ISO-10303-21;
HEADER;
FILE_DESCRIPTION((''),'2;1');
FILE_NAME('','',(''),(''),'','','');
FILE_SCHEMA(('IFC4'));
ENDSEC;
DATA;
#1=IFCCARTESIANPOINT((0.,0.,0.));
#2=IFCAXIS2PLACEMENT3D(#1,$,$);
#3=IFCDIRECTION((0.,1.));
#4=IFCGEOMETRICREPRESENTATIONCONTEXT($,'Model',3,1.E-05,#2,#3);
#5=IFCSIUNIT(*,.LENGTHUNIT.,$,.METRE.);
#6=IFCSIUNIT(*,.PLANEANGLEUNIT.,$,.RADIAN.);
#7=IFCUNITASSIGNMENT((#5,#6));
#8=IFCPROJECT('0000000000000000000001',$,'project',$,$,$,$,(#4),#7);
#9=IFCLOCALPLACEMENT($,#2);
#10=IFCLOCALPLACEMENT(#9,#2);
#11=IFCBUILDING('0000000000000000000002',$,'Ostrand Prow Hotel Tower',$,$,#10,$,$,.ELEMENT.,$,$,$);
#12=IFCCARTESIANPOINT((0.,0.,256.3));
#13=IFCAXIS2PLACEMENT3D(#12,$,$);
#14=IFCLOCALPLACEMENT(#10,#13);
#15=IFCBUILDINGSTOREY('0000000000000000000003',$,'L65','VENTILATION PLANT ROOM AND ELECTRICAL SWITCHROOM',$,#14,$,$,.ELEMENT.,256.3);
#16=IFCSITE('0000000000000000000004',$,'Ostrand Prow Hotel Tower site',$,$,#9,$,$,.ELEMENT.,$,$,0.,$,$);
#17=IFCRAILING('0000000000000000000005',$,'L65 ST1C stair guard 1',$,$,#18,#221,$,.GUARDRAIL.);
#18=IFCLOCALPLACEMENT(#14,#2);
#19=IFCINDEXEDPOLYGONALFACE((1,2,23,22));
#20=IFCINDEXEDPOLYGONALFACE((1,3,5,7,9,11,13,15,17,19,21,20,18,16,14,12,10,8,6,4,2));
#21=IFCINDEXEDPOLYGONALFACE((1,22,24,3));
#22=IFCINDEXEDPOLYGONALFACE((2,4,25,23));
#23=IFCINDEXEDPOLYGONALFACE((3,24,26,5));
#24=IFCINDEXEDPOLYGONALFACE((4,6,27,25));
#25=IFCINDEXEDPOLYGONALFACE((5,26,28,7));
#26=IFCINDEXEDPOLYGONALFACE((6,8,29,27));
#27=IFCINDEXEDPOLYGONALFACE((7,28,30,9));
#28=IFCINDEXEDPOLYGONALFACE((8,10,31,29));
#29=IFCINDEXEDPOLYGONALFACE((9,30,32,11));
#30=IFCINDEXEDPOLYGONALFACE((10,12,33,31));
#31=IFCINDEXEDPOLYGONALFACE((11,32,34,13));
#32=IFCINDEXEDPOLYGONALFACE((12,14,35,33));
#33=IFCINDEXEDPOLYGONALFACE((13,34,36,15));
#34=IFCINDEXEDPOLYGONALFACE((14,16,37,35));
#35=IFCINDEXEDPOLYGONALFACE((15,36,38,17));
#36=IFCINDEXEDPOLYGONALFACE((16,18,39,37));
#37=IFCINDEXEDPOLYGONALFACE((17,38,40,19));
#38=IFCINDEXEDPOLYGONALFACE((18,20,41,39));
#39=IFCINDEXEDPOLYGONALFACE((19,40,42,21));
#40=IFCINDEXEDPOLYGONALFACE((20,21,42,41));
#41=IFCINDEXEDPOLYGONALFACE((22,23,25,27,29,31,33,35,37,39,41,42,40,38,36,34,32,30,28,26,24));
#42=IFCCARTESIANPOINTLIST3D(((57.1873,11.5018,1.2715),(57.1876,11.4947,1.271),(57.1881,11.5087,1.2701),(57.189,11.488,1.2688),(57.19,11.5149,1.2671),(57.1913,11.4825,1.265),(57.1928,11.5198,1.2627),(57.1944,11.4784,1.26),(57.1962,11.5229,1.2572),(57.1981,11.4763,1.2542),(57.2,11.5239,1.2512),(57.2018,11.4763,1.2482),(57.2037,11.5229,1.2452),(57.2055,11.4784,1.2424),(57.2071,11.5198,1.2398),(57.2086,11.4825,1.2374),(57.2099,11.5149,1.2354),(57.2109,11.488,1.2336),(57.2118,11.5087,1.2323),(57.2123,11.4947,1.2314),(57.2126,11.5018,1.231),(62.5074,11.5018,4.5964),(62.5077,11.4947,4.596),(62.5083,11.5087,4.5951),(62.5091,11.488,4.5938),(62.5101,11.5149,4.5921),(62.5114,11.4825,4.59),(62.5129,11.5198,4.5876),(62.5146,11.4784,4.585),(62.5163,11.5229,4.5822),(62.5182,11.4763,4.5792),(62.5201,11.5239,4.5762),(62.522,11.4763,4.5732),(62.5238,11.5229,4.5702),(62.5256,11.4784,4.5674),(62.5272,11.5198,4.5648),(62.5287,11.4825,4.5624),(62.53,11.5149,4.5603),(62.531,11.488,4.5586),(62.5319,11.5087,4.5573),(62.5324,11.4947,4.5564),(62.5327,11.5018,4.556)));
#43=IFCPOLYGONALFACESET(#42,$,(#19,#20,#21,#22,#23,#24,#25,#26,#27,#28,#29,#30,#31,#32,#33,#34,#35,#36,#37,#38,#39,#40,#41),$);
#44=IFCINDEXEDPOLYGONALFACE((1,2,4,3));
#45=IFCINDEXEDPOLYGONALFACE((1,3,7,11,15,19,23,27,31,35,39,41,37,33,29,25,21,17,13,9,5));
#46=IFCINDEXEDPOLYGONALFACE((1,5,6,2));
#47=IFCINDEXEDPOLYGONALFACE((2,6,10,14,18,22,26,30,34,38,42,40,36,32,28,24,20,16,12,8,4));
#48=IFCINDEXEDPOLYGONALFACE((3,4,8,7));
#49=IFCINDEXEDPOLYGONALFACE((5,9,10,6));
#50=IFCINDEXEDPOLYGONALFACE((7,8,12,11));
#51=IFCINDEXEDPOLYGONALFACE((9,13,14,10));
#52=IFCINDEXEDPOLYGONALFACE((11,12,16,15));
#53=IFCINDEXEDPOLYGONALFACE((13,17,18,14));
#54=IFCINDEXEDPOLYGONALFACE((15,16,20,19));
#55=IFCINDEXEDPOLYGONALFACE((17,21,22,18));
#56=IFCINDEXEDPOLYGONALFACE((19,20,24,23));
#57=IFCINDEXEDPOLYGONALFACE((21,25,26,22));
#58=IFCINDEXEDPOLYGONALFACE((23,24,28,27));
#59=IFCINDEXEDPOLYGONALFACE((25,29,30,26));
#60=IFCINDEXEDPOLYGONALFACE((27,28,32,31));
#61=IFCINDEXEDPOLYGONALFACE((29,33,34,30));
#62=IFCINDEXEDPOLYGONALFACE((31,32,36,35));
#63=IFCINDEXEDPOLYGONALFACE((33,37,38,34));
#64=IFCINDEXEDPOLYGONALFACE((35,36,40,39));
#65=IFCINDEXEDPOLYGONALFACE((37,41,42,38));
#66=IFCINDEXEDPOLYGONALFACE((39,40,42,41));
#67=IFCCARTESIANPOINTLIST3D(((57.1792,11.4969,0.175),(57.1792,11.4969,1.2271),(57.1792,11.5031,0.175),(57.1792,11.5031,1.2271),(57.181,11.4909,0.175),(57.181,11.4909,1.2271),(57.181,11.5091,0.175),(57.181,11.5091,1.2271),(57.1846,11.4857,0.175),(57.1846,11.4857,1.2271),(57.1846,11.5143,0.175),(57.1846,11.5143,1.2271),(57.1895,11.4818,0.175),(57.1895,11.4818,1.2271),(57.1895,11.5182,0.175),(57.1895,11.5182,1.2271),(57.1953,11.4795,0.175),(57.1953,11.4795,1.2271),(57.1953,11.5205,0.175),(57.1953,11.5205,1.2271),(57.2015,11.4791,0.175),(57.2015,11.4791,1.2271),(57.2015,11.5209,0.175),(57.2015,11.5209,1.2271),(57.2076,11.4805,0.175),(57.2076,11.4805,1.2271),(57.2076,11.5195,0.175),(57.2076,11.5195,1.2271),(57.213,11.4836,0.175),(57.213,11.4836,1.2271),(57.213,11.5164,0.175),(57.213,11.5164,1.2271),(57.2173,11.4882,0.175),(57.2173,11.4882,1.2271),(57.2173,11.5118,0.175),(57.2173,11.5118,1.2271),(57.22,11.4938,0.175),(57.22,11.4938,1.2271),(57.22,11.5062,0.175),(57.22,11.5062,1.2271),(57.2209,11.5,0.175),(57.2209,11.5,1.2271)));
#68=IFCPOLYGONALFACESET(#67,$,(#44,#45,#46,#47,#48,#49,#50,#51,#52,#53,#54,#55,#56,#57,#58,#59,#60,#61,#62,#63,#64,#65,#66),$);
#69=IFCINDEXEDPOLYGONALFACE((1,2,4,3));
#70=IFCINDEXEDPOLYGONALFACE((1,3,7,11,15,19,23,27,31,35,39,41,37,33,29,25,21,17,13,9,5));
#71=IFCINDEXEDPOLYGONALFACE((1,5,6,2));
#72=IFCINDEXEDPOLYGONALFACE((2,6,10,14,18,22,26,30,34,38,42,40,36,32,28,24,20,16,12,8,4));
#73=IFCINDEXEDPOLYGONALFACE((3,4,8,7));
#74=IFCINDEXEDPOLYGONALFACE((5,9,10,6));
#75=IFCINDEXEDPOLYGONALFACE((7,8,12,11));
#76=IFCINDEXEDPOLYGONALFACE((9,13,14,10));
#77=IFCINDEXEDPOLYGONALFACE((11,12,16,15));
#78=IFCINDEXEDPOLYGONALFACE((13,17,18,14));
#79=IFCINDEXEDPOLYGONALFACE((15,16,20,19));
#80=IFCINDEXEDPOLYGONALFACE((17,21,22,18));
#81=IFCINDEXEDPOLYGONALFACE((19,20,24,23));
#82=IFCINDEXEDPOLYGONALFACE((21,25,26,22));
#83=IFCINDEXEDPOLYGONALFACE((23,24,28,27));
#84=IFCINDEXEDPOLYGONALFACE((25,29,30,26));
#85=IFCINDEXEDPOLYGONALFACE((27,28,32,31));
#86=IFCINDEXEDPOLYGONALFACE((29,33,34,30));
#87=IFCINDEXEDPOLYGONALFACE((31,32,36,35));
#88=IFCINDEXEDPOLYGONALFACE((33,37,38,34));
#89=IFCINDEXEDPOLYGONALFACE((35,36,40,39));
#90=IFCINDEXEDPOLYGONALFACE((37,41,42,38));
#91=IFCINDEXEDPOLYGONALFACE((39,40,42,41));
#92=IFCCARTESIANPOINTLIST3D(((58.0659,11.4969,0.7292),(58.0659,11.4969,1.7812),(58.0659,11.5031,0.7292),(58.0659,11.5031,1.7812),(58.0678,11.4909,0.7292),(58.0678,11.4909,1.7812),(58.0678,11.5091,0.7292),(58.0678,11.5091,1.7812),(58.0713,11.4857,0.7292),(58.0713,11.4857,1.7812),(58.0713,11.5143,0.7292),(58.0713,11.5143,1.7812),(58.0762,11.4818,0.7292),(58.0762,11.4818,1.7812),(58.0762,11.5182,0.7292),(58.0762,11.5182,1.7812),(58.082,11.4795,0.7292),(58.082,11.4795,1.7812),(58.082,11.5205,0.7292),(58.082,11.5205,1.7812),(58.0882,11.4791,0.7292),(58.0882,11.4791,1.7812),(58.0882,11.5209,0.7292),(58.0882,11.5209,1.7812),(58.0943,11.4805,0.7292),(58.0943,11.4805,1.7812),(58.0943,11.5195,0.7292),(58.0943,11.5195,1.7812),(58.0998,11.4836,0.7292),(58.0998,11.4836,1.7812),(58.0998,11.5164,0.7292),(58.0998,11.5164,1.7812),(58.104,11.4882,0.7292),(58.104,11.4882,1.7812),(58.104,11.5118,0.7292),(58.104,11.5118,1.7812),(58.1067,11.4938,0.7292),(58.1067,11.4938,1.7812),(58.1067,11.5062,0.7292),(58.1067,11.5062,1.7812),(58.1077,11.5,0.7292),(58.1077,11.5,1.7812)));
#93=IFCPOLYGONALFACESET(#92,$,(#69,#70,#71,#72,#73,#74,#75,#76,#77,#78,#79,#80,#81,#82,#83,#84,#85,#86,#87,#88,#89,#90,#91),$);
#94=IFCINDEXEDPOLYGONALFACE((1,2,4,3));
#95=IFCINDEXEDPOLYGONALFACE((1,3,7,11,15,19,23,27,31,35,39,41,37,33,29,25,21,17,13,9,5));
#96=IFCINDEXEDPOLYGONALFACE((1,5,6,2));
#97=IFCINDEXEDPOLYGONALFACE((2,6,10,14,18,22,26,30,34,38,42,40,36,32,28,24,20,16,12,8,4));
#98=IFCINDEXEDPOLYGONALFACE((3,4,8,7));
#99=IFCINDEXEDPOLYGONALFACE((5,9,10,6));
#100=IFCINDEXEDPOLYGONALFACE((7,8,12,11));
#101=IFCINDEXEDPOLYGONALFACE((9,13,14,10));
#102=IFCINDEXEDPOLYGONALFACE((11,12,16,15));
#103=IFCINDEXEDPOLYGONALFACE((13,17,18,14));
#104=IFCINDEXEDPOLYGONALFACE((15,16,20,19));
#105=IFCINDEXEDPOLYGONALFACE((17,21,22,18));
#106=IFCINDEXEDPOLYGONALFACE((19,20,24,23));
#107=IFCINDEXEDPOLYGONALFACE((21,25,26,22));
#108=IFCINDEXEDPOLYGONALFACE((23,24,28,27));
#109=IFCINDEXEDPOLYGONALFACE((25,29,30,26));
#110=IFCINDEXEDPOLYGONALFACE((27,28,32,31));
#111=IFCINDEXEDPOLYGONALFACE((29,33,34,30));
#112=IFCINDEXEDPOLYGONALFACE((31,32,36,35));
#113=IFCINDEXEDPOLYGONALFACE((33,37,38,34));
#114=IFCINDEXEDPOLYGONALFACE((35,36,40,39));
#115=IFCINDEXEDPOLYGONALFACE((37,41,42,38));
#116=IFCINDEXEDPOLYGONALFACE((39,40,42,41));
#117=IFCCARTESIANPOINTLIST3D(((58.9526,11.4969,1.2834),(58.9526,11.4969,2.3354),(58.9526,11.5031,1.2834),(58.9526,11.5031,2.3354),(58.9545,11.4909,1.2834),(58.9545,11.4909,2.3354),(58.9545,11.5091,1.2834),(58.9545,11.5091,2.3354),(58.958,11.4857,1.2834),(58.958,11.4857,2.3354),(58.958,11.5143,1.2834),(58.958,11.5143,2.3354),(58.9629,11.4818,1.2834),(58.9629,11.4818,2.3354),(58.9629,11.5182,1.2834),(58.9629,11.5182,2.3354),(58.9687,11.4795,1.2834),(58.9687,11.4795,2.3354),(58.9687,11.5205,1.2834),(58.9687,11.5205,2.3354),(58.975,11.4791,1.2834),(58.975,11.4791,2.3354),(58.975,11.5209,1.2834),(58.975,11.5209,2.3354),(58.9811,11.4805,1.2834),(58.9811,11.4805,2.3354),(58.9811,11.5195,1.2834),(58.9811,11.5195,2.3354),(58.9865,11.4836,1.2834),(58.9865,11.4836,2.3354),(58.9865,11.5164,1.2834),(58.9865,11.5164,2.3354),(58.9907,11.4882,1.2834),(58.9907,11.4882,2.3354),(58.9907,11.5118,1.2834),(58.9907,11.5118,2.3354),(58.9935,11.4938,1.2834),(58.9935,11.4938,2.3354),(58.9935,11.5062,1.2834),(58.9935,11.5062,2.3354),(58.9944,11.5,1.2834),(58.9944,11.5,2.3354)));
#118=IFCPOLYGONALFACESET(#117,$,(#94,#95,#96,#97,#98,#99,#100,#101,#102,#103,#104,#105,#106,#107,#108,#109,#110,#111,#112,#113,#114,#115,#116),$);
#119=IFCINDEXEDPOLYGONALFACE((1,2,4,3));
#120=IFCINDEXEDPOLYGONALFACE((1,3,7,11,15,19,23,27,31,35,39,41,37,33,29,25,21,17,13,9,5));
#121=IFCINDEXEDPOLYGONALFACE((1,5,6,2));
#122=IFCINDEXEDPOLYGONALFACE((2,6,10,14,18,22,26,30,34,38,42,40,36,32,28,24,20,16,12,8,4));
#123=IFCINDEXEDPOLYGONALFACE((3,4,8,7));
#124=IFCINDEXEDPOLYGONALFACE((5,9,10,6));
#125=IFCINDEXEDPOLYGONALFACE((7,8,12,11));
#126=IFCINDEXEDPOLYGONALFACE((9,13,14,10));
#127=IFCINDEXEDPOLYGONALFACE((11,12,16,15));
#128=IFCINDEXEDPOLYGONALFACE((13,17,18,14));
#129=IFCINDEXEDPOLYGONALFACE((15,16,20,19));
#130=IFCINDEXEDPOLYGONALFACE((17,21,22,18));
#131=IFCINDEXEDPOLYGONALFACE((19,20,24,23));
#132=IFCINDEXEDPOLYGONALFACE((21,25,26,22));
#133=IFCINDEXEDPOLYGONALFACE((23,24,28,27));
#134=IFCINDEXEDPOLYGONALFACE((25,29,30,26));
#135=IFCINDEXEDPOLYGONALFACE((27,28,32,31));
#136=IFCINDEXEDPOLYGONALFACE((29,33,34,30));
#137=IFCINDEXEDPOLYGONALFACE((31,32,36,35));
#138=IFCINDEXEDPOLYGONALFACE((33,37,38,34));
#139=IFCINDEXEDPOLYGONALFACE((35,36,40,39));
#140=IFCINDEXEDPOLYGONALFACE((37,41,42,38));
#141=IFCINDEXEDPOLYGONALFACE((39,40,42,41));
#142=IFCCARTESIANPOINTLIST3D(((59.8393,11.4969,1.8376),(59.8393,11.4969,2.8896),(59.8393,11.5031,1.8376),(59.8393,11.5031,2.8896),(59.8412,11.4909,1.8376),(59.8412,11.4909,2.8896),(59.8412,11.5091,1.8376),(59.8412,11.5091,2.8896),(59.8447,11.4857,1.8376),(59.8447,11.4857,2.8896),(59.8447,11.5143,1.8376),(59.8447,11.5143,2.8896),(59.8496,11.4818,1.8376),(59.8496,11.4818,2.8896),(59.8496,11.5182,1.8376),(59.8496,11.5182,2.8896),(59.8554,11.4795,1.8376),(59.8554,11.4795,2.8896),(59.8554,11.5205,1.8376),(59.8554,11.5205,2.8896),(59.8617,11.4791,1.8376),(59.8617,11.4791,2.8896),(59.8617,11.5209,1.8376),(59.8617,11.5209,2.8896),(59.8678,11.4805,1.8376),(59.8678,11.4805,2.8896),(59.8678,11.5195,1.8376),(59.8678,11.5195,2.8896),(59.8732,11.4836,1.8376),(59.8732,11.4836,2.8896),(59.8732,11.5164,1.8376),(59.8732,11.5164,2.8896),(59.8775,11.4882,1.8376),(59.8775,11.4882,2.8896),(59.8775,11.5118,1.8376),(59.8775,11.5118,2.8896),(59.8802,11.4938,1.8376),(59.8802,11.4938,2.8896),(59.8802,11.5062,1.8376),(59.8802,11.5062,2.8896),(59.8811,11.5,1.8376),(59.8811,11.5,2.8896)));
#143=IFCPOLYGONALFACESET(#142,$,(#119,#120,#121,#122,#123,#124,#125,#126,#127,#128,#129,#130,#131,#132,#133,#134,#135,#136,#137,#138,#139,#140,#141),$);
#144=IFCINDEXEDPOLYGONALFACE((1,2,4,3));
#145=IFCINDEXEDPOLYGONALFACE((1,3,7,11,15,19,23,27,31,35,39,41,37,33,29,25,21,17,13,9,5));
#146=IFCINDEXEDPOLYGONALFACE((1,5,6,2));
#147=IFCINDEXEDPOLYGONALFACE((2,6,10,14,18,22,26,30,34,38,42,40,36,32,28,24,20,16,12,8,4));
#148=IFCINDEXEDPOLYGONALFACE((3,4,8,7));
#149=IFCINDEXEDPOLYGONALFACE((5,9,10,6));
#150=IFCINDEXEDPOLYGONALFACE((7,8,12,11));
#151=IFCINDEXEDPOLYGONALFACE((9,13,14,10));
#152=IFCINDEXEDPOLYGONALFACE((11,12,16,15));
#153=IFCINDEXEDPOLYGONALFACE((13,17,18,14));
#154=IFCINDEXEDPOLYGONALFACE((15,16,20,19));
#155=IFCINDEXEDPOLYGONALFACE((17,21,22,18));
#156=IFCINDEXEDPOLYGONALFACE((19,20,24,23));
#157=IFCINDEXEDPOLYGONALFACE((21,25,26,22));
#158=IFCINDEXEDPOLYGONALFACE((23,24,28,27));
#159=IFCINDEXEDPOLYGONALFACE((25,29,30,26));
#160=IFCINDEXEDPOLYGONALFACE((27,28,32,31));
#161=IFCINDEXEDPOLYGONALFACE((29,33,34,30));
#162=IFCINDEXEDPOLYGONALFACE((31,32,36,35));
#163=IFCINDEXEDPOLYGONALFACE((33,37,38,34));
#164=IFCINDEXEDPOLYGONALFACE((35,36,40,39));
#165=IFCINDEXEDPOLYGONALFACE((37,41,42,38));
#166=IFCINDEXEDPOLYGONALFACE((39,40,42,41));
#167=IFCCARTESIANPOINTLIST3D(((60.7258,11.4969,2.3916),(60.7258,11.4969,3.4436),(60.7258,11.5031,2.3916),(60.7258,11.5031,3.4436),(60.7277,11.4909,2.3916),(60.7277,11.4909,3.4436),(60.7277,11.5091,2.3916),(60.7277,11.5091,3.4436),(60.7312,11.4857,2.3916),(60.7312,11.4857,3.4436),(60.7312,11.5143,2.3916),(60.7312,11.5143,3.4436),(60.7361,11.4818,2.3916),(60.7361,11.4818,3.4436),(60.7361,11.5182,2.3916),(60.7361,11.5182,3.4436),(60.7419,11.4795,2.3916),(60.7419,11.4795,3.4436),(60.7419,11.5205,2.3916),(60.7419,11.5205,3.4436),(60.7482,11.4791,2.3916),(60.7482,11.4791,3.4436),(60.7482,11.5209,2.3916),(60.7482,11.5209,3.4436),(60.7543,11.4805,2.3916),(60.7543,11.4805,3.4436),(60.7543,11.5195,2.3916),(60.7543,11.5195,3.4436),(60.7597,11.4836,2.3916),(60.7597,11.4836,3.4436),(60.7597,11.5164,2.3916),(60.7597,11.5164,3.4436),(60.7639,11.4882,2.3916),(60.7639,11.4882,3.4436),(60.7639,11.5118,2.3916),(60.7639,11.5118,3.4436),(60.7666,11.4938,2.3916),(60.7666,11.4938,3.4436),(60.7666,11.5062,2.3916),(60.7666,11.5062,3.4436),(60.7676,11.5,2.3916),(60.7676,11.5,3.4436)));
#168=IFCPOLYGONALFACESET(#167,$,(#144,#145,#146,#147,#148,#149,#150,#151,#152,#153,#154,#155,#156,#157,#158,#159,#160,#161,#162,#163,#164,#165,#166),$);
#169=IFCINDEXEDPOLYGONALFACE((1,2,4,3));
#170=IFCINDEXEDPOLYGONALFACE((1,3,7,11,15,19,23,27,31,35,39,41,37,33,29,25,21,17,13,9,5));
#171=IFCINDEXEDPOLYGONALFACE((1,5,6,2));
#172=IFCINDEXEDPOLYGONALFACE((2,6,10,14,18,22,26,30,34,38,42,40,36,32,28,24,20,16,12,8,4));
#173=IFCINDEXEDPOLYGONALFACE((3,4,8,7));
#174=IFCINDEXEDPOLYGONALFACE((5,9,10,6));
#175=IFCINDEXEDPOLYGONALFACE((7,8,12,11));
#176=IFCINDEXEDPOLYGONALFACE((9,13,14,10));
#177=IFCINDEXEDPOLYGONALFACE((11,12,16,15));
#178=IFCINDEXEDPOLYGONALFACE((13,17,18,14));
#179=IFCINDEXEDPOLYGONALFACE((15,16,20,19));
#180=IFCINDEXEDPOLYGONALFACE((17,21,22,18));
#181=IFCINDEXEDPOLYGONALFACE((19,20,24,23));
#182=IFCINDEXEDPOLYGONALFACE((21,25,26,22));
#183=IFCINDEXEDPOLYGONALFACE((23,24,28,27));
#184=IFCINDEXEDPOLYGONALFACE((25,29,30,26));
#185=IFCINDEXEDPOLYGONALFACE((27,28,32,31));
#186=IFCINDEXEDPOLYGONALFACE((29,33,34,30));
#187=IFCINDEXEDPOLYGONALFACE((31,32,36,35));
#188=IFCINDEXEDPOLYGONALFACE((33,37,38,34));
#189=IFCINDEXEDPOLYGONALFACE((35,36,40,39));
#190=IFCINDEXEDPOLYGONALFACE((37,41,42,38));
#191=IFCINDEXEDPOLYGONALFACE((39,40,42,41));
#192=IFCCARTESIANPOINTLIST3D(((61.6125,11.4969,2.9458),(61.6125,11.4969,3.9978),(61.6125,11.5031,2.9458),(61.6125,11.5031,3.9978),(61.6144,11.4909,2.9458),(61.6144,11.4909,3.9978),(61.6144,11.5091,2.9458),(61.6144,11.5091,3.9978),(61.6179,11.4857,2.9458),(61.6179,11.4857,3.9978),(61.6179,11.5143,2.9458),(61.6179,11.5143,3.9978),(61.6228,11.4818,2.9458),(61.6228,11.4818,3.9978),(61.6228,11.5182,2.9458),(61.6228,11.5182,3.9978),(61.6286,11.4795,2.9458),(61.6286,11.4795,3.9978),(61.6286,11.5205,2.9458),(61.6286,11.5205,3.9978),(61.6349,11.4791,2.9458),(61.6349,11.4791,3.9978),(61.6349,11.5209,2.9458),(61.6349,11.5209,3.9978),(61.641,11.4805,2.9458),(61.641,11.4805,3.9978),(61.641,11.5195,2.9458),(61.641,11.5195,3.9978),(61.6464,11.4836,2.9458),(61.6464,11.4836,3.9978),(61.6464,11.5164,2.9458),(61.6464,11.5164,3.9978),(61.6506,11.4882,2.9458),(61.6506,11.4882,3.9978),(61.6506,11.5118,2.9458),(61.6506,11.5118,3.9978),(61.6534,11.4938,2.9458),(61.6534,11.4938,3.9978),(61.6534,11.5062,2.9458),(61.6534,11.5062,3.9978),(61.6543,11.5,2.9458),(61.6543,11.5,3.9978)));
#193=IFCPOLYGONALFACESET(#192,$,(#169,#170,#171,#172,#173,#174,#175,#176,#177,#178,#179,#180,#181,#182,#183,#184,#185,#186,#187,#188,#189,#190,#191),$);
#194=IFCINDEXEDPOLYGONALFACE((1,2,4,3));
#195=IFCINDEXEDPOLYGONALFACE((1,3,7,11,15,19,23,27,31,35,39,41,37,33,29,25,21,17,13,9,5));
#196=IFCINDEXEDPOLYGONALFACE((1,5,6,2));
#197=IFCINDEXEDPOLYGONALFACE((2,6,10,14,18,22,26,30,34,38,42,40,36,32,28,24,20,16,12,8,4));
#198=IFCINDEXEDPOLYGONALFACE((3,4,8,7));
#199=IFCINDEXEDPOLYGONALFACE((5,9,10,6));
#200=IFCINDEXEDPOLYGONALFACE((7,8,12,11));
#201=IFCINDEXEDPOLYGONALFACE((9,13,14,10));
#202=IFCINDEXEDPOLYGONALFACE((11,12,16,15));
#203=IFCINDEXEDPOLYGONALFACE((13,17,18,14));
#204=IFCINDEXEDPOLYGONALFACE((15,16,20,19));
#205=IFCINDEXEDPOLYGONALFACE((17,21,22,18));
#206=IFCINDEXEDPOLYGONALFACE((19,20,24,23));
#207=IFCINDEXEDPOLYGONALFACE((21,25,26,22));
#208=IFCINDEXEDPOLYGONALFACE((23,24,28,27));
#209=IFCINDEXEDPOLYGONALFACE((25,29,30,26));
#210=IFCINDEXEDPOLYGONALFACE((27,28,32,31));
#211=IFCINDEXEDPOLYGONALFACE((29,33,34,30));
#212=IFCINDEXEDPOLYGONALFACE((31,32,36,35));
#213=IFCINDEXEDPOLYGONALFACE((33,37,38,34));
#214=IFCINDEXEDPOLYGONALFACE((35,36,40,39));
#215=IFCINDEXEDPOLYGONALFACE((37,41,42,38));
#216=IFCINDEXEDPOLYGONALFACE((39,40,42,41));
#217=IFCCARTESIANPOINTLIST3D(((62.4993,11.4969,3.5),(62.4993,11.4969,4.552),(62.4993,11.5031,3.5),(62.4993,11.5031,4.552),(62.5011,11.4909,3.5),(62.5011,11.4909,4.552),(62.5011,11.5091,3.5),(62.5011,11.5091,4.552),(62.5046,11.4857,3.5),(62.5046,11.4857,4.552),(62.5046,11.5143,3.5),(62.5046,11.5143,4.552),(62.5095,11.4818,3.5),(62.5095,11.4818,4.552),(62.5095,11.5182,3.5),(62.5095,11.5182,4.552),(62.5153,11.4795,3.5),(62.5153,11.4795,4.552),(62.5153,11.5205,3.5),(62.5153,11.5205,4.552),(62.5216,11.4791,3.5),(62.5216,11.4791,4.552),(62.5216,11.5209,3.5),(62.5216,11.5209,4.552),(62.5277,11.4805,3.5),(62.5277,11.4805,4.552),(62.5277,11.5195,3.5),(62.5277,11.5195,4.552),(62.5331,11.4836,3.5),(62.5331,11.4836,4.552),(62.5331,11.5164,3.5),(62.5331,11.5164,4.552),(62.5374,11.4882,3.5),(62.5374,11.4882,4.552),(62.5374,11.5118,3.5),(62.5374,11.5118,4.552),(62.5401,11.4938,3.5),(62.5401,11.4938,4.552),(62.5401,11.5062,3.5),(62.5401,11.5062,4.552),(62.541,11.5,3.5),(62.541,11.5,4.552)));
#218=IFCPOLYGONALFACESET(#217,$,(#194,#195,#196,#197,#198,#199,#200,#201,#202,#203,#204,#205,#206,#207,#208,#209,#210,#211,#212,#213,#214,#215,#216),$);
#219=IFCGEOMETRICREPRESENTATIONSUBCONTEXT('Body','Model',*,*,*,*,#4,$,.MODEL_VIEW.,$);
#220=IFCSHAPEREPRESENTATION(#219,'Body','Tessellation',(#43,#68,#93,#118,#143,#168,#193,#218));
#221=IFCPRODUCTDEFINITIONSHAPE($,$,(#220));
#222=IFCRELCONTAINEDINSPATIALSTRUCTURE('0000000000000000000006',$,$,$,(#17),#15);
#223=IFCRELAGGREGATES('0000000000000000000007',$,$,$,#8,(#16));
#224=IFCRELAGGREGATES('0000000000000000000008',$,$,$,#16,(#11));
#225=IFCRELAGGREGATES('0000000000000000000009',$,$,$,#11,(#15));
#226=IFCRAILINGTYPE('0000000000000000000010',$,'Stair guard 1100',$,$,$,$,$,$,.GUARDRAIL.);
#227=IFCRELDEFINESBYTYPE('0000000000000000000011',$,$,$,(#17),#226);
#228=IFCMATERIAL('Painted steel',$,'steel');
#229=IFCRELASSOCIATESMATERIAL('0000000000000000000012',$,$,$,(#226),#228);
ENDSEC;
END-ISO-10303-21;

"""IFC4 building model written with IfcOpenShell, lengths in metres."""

from ifc_helpers import new_model, si_unit, direction, frame, origin, origin_2d, place, context, subcontext, project, spatial, circle, extrude, material, type_object, element, save


model = new_model("IFC4")

# Units and contexts
model_context = context("Model", 3, precision=1e-05, world=origin(), true_north=direction((0.0, 1.0)))
body_context = subcontext(model_context, "Body", "Model", "MODEL_VIEW")
ifc_project = project(units=[si_unit("LENGTHUNIT", "METRE"), si_unit("PLANEANGLEUNIT", "RADIAN")], contexts=[model_context])

# Site, building, storey
site_placement = place(None, origin())
site = spatial("IfcSite", under=ifc_project, at=site_placement, Name="Ostrand Prow Hotel Tower site", CompositionType="ELEMENT", RefElevation=0.0)
building_placement = place(site_placement, origin())
building = spatial("IfcBuilding", under=site, at=building_placement, Name="Ostrand Prow Hotel Tower", CompositionType="ELEMENT")
storey_placement = place(building_placement, frame((0.0, 0.0, 256.3)))
storey = spatial("IfcBuildingStorey", under=building, at=storey_placement, Name="L65", Description="VENTILATION PLANT ROOM AND ELECTRICAL SWITCHROOM", CompositionType="ELEMENT", Elevation=256.3)

# Railing
ifc_material_1 = material(Name="Painted steel", Category="steel")
railing_type_1 = type_object("IfcRailingType", Name="Stair guard 1100", PredefinedType="GUARDRAIL", material=ifc_material_1)
railing_1_placement = place(storey_placement, frame((57.2, 11.5, 0.175)))
element("IfcRailing", 1, at=railing_1_placement, inside=storey, type_object=railing_type_1, Name="L65 ST1C stair guard 1", PredefinedType="GUARDRAIL", context=body_context, shape_type="SweptSolid", body=[
    extrude(circle(Radius=0.0239, at=origin_2d()), frame((0.0, 0.0, 1.0762), z_axis=(0.848005, 0.0, 0.529988), x_axis=(0.0, 1.0, 0.0)), (0.0, 0.0, 1.0), 6.2737),
    extrude(circle(Radius=0.021, at=origin_2d()), origin(), (0.0, 0.0, 1.0), 1.052),
    extrude(circle(Radius=0.021, at=origin_2d()), frame((0.8867, 0.0, 0.5542)), (0.0, 0.0, 1.0), 1.052),
    extrude(circle(Radius=0.021, at=origin_2d()), frame((1.7734, 0.0, 1.1084)), (0.0, 0.0, 1.0), 1.052),
    extrude(circle(Radius=0.021, at=origin_2d()), frame((2.6602, 0.0, 1.6626)), (0.0, 0.0, 1.0), 1.052),
    extrude(circle(Radius=0.021, at=origin_2d()), frame((3.5466, 0.0, 2.2166)), (0.0, 0.0, 1.0), 1.052),
    extrude(circle(Radius=0.021, at=origin_2d()), frame((4.4333, 0.0, 2.7708)), (0.0, 0.0, 1.0), 1.052),
    extrude(circle(Radius=0.021, at=origin_2d()), frame((5.3201, 0.0, 3.325)), (0.0, 0.0, 1.0), 1.052),
])

save(model, "model.ifc")
